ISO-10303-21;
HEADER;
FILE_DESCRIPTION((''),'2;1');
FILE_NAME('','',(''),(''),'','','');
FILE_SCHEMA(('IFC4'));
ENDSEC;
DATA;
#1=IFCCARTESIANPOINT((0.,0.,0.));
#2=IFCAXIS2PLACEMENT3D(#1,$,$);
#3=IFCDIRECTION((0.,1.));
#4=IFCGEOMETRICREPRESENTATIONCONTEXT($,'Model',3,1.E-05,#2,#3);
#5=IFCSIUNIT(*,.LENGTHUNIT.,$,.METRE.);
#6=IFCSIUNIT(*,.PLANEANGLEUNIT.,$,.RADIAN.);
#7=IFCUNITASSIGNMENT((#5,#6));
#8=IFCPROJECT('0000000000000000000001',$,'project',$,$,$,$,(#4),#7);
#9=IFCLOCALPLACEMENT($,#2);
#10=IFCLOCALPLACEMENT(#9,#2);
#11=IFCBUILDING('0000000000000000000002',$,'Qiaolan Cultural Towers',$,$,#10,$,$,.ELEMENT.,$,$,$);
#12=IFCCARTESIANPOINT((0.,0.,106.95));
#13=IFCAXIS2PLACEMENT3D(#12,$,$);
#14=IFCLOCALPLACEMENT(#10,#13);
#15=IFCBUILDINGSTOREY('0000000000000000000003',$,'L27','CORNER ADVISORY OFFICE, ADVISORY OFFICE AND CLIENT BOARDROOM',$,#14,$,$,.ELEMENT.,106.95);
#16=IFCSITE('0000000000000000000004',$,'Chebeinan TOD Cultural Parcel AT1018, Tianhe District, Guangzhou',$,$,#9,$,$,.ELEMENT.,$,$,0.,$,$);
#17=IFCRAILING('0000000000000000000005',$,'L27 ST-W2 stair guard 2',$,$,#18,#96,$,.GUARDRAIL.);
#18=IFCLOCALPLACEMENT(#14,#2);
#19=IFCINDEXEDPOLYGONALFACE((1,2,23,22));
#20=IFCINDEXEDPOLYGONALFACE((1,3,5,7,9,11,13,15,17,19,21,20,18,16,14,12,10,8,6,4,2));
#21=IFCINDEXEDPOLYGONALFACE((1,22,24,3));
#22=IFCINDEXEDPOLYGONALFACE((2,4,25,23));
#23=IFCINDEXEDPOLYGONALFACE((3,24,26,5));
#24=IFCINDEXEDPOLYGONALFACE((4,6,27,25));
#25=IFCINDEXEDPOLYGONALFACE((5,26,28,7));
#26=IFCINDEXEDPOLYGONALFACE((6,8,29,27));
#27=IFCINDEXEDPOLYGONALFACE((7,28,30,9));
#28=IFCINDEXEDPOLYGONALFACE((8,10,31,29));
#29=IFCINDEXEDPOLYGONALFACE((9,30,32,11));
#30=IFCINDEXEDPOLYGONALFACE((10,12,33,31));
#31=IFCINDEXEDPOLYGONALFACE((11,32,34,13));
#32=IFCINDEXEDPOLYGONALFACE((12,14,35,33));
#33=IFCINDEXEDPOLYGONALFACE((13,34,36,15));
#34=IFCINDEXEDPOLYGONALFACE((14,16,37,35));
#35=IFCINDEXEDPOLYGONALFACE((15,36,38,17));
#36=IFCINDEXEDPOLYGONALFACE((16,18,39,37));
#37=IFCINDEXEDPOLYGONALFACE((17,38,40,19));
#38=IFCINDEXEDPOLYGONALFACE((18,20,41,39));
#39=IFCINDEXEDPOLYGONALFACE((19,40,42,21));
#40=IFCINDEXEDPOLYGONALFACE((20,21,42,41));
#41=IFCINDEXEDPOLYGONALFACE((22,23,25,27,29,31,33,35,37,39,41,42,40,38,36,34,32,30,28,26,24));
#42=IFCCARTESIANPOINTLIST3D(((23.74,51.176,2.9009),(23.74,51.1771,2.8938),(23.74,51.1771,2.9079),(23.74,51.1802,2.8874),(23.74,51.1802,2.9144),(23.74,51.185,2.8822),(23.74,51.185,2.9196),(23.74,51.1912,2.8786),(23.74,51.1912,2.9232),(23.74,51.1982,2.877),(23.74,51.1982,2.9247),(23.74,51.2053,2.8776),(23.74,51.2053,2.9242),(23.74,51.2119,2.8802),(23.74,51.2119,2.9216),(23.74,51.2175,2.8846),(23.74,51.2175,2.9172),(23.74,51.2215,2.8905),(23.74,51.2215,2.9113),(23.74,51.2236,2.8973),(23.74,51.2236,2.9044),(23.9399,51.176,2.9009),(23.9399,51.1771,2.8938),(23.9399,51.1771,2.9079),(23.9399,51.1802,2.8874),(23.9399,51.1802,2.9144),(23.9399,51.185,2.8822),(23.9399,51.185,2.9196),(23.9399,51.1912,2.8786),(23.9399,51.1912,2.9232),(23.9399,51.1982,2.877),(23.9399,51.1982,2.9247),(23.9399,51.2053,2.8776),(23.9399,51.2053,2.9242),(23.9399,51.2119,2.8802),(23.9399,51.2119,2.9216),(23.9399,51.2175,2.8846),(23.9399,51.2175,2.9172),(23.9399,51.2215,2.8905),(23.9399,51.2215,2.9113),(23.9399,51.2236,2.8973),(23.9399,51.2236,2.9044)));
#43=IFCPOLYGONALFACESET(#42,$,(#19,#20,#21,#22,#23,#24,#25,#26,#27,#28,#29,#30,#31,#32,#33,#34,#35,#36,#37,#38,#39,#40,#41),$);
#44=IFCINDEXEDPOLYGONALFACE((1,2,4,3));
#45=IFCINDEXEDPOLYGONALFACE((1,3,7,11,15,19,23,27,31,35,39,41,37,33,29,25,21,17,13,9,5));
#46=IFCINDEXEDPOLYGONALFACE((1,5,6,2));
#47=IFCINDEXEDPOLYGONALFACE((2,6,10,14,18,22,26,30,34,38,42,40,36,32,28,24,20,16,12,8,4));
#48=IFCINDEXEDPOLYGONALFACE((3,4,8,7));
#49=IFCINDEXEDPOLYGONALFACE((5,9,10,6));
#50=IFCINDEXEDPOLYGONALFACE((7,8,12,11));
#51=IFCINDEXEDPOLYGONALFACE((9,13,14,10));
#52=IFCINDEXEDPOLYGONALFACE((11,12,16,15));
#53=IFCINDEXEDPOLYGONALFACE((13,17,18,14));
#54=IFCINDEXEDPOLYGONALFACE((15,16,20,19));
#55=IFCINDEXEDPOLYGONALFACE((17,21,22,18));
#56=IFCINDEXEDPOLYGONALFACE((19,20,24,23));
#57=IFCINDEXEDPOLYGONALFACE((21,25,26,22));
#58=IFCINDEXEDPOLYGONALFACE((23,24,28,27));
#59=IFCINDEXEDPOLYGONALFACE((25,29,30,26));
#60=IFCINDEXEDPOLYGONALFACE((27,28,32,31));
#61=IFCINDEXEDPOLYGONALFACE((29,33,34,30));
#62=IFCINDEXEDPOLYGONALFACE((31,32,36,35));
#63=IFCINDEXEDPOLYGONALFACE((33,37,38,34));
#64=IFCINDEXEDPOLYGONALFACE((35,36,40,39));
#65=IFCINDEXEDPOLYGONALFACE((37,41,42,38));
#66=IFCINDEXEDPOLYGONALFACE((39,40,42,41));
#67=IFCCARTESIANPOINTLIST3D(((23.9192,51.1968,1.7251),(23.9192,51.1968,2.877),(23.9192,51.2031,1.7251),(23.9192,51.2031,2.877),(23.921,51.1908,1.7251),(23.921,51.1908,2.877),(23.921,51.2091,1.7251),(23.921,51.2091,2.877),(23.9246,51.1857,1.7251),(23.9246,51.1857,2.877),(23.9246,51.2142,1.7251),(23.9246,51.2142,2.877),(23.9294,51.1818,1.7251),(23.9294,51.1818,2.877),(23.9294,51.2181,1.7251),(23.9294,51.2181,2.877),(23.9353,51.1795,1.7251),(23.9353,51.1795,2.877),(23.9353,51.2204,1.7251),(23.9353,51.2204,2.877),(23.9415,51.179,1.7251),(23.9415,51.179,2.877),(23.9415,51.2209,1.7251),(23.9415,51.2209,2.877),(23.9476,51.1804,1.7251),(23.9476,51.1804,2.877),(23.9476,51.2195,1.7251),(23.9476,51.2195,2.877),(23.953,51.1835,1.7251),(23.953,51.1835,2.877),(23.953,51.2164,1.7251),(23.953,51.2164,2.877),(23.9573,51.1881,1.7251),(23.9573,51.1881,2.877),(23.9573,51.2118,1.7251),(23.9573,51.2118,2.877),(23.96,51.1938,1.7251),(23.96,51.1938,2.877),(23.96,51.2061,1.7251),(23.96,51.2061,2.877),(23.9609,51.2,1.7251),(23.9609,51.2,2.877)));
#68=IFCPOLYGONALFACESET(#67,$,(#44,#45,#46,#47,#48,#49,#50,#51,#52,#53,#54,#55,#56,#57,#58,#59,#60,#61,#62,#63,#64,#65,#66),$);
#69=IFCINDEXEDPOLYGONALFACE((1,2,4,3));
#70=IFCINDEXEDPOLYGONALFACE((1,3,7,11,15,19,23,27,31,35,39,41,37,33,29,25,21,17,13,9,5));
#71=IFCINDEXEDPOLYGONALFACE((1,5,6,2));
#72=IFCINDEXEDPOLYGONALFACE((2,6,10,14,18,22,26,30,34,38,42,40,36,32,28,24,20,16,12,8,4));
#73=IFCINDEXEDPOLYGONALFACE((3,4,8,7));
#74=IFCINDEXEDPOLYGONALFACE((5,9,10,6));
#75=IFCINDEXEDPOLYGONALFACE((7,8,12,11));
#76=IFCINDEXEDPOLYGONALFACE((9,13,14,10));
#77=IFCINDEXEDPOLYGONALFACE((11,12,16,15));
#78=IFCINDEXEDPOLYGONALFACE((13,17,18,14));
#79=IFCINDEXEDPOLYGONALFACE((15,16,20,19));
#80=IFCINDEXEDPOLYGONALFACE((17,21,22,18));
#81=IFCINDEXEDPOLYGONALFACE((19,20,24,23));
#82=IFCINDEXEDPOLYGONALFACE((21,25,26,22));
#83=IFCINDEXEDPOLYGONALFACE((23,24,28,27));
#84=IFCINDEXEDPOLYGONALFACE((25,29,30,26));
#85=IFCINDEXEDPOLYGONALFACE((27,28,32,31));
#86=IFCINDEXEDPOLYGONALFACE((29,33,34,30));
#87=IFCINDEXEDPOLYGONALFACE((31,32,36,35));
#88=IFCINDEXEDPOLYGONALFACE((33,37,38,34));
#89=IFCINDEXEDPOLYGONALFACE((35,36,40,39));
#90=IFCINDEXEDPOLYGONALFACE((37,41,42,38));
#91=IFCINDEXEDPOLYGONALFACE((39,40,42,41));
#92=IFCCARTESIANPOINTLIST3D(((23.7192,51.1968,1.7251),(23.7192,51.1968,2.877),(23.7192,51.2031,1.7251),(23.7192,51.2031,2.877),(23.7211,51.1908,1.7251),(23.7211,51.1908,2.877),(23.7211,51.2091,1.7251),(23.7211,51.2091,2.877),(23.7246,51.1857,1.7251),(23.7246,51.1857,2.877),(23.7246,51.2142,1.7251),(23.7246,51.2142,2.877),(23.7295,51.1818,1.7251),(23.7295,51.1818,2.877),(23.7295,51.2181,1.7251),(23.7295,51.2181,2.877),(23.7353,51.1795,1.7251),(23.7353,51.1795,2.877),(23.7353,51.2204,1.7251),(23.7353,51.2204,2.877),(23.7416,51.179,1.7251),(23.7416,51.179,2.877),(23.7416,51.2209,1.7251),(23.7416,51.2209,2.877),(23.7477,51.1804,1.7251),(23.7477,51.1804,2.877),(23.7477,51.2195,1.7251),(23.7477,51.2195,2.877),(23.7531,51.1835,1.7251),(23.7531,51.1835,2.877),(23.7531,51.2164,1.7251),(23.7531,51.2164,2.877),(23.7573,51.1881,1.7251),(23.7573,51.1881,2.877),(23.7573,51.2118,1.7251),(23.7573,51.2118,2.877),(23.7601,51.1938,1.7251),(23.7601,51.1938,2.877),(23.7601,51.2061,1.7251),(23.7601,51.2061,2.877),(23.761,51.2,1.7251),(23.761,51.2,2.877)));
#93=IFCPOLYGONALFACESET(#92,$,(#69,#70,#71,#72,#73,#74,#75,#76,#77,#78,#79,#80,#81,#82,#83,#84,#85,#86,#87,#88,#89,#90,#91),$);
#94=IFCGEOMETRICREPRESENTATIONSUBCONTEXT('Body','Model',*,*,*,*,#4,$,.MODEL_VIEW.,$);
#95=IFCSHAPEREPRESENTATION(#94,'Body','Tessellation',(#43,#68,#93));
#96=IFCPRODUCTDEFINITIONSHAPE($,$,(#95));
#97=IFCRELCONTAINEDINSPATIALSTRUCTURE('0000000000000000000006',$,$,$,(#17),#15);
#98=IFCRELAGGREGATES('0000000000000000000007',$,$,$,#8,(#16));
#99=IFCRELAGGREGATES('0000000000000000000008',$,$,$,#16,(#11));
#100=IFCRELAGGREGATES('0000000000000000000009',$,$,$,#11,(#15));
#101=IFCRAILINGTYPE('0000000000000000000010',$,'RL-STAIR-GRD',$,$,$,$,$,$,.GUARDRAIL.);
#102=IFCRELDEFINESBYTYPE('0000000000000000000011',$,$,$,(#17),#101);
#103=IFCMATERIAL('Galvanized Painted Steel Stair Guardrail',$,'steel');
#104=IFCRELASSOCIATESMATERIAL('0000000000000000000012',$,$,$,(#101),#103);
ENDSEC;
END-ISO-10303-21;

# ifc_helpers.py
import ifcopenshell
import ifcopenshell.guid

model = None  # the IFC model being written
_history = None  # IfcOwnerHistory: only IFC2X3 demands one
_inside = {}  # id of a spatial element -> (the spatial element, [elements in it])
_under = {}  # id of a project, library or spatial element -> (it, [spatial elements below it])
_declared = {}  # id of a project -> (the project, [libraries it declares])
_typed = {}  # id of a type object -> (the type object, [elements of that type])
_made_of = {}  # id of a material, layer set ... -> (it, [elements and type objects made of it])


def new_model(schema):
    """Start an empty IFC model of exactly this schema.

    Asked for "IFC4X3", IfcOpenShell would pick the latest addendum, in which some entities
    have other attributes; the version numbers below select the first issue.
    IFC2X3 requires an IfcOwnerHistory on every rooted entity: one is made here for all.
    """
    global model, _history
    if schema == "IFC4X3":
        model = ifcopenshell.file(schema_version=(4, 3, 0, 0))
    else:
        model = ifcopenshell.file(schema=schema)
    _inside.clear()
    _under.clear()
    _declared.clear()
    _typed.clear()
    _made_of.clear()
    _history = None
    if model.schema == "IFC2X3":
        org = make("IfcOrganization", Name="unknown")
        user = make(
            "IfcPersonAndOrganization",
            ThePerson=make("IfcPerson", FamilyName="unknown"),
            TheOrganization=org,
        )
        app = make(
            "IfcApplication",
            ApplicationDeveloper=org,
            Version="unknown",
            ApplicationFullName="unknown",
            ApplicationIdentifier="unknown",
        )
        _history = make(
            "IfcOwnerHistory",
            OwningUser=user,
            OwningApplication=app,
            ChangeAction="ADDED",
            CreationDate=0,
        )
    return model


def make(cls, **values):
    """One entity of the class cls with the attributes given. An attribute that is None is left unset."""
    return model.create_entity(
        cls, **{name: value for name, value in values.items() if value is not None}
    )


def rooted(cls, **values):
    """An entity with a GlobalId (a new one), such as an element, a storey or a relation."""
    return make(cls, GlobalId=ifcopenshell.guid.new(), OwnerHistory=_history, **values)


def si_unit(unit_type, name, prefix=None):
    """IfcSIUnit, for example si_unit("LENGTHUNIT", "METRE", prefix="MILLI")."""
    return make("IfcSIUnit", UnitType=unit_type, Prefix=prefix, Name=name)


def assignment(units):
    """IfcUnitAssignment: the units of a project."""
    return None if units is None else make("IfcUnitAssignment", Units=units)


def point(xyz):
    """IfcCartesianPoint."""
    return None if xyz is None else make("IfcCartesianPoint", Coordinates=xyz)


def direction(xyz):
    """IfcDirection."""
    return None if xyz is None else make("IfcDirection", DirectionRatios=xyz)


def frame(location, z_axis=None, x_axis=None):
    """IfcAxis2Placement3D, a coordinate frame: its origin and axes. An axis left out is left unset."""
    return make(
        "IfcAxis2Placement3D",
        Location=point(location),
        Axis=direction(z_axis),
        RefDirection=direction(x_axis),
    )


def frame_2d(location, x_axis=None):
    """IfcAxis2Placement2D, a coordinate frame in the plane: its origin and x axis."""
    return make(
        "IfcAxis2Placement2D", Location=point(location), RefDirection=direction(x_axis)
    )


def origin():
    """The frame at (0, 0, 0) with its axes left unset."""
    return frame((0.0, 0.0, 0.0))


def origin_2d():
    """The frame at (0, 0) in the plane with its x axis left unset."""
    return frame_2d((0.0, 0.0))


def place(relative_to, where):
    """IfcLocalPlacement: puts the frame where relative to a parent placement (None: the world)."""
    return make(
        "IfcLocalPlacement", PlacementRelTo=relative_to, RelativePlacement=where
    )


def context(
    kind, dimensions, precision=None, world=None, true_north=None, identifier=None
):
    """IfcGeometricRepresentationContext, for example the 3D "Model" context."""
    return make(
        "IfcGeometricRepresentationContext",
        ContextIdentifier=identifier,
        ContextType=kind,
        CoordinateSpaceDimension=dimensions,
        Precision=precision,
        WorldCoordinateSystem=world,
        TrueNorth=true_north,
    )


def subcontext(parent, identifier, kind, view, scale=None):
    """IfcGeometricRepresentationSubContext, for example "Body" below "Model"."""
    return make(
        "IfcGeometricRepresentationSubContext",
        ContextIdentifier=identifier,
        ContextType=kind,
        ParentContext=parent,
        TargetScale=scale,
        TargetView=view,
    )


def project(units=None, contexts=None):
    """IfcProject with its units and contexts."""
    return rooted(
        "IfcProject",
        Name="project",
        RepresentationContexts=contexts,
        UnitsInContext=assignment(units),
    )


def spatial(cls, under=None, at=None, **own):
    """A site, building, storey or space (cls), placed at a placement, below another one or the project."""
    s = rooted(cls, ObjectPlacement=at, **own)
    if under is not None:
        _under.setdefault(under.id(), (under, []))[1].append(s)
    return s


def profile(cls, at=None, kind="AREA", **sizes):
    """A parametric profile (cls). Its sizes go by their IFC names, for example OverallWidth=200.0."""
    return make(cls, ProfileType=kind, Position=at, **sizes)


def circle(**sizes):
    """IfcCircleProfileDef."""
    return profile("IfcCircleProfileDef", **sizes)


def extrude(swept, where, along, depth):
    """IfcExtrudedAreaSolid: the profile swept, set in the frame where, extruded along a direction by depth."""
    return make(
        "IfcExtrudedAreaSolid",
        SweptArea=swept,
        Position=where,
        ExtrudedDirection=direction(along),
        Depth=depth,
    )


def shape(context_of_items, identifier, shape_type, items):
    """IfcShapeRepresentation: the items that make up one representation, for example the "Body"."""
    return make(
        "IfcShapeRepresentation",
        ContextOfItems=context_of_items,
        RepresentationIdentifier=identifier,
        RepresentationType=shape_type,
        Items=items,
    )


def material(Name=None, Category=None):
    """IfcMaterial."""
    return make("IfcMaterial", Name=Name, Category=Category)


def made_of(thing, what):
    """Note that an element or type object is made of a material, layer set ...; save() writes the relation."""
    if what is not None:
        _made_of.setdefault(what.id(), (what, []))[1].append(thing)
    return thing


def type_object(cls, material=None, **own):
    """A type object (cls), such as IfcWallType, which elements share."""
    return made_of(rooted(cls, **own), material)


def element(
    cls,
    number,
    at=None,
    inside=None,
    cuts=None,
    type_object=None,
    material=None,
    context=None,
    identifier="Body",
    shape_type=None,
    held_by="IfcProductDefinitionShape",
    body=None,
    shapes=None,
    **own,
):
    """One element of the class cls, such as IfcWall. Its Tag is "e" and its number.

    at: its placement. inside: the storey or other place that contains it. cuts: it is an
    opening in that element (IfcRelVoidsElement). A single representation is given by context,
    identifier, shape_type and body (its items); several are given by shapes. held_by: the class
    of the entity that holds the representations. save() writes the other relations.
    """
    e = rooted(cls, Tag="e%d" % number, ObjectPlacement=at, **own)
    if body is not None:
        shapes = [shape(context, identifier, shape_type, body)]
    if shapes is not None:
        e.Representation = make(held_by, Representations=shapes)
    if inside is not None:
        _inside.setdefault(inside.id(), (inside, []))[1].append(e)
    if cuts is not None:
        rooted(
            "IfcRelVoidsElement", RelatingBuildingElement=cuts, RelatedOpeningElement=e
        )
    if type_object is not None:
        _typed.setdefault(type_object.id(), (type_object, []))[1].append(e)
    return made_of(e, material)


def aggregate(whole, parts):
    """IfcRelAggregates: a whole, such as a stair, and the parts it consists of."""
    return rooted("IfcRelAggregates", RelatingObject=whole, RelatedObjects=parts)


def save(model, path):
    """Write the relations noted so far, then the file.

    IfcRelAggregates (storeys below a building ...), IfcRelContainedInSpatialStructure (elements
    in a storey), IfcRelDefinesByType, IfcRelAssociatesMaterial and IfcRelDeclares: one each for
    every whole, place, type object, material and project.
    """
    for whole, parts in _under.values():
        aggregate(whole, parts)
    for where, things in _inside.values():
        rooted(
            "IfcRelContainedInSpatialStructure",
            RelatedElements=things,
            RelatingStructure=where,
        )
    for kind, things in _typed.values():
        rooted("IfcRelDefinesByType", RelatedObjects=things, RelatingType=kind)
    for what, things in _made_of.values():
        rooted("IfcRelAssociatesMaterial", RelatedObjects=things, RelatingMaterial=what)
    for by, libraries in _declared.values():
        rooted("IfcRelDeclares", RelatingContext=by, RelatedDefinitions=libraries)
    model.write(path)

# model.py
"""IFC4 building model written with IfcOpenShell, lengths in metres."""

from ifc_helpers import new_model, si_unit, direction, frame, origin, origin_2d, place, context, subcontext, project, spatial, circle, extrude, material, type_object, element, save


model = new_model("IFC4")

# Units and contexts
model_context = context("Model", 3, precision=1e-05, world=origin(), true_north=direction((0.0, 1.0)))
body_context = subcontext(model_context, "Body", "Model", "MODEL_VIEW")
ifc_project = project(units=[si_unit("LENGTHUNIT", "METRE"), si_unit("PLANEANGLEUNIT", "RADIAN")], contexts=[model_context])

# Site, building, storey
site_placement = place(None, origin())
site = spatial("IfcSite", under=ifc_project, at=site_placement, Name="Chebeinan TOD Cultural Parcel AT1018, Tianhe District, Guangzhou", CompositionType="ELEMENT", RefElevation=0.0)
building_placement = place(site_placement, origin())
building = spatial("IfcBuilding", under=site, at=building_placement, Name="Qiaolan Cultural Towers", CompositionType="ELEMENT")
storey_placement = place(building_placement, frame((0.0, 0.0, 106.95)))
storey = spatial("IfcBuildingStorey", under=building, at=storey_placement, Name="L27", Description="CORNER ADVISORY OFFICE, ADVISORY OFFICE AND CLIENT BOARDROOM", CompositionType="ELEMENT", Elevation=106.95)

# Railing
ifc_material_1 = material(Name="Galvanized Painted Steel Stair Guardrail", Category="steel")
railing_type_1 = type_object("IfcRailingType", Name="RL-STAIR-GRD", PredefinedType="GUARDRAIL", material=ifc_material_1)
railing_1_placement = place(storey_placement, frame((23.9399, 51.2, 1.7251)))
element("IfcRailing", 1, at=railing_1_placement, inside=storey, type_object=railing_type_1, Name="L27 ST-W2 stair guard 2", PredefinedType="GUARDRAIL", context=body_context, shape_type="SweptSolid", body=[
    extrude(circle(Radius=0.0239, at=origin_2d()), frame((0.0, 0.0, 1.1758), z_axis=(-1.0, 0.0, 0.0), x_axis=(0.0, -1.0, 0.0)), (0.0, 0.0, 1.0), 0.2),
    extrude(circle(Radius=0.021, at=origin_2d()), origin(), (0.0, 0.0, 1.0), 1.1519),
    extrude(circle(Radius=0.021, at=origin_2d()), frame((-0.2, 0.0, 0.0)), (0.0, 0.0, 1.0), 1.1519),
])

save(model, "model.ifc")
